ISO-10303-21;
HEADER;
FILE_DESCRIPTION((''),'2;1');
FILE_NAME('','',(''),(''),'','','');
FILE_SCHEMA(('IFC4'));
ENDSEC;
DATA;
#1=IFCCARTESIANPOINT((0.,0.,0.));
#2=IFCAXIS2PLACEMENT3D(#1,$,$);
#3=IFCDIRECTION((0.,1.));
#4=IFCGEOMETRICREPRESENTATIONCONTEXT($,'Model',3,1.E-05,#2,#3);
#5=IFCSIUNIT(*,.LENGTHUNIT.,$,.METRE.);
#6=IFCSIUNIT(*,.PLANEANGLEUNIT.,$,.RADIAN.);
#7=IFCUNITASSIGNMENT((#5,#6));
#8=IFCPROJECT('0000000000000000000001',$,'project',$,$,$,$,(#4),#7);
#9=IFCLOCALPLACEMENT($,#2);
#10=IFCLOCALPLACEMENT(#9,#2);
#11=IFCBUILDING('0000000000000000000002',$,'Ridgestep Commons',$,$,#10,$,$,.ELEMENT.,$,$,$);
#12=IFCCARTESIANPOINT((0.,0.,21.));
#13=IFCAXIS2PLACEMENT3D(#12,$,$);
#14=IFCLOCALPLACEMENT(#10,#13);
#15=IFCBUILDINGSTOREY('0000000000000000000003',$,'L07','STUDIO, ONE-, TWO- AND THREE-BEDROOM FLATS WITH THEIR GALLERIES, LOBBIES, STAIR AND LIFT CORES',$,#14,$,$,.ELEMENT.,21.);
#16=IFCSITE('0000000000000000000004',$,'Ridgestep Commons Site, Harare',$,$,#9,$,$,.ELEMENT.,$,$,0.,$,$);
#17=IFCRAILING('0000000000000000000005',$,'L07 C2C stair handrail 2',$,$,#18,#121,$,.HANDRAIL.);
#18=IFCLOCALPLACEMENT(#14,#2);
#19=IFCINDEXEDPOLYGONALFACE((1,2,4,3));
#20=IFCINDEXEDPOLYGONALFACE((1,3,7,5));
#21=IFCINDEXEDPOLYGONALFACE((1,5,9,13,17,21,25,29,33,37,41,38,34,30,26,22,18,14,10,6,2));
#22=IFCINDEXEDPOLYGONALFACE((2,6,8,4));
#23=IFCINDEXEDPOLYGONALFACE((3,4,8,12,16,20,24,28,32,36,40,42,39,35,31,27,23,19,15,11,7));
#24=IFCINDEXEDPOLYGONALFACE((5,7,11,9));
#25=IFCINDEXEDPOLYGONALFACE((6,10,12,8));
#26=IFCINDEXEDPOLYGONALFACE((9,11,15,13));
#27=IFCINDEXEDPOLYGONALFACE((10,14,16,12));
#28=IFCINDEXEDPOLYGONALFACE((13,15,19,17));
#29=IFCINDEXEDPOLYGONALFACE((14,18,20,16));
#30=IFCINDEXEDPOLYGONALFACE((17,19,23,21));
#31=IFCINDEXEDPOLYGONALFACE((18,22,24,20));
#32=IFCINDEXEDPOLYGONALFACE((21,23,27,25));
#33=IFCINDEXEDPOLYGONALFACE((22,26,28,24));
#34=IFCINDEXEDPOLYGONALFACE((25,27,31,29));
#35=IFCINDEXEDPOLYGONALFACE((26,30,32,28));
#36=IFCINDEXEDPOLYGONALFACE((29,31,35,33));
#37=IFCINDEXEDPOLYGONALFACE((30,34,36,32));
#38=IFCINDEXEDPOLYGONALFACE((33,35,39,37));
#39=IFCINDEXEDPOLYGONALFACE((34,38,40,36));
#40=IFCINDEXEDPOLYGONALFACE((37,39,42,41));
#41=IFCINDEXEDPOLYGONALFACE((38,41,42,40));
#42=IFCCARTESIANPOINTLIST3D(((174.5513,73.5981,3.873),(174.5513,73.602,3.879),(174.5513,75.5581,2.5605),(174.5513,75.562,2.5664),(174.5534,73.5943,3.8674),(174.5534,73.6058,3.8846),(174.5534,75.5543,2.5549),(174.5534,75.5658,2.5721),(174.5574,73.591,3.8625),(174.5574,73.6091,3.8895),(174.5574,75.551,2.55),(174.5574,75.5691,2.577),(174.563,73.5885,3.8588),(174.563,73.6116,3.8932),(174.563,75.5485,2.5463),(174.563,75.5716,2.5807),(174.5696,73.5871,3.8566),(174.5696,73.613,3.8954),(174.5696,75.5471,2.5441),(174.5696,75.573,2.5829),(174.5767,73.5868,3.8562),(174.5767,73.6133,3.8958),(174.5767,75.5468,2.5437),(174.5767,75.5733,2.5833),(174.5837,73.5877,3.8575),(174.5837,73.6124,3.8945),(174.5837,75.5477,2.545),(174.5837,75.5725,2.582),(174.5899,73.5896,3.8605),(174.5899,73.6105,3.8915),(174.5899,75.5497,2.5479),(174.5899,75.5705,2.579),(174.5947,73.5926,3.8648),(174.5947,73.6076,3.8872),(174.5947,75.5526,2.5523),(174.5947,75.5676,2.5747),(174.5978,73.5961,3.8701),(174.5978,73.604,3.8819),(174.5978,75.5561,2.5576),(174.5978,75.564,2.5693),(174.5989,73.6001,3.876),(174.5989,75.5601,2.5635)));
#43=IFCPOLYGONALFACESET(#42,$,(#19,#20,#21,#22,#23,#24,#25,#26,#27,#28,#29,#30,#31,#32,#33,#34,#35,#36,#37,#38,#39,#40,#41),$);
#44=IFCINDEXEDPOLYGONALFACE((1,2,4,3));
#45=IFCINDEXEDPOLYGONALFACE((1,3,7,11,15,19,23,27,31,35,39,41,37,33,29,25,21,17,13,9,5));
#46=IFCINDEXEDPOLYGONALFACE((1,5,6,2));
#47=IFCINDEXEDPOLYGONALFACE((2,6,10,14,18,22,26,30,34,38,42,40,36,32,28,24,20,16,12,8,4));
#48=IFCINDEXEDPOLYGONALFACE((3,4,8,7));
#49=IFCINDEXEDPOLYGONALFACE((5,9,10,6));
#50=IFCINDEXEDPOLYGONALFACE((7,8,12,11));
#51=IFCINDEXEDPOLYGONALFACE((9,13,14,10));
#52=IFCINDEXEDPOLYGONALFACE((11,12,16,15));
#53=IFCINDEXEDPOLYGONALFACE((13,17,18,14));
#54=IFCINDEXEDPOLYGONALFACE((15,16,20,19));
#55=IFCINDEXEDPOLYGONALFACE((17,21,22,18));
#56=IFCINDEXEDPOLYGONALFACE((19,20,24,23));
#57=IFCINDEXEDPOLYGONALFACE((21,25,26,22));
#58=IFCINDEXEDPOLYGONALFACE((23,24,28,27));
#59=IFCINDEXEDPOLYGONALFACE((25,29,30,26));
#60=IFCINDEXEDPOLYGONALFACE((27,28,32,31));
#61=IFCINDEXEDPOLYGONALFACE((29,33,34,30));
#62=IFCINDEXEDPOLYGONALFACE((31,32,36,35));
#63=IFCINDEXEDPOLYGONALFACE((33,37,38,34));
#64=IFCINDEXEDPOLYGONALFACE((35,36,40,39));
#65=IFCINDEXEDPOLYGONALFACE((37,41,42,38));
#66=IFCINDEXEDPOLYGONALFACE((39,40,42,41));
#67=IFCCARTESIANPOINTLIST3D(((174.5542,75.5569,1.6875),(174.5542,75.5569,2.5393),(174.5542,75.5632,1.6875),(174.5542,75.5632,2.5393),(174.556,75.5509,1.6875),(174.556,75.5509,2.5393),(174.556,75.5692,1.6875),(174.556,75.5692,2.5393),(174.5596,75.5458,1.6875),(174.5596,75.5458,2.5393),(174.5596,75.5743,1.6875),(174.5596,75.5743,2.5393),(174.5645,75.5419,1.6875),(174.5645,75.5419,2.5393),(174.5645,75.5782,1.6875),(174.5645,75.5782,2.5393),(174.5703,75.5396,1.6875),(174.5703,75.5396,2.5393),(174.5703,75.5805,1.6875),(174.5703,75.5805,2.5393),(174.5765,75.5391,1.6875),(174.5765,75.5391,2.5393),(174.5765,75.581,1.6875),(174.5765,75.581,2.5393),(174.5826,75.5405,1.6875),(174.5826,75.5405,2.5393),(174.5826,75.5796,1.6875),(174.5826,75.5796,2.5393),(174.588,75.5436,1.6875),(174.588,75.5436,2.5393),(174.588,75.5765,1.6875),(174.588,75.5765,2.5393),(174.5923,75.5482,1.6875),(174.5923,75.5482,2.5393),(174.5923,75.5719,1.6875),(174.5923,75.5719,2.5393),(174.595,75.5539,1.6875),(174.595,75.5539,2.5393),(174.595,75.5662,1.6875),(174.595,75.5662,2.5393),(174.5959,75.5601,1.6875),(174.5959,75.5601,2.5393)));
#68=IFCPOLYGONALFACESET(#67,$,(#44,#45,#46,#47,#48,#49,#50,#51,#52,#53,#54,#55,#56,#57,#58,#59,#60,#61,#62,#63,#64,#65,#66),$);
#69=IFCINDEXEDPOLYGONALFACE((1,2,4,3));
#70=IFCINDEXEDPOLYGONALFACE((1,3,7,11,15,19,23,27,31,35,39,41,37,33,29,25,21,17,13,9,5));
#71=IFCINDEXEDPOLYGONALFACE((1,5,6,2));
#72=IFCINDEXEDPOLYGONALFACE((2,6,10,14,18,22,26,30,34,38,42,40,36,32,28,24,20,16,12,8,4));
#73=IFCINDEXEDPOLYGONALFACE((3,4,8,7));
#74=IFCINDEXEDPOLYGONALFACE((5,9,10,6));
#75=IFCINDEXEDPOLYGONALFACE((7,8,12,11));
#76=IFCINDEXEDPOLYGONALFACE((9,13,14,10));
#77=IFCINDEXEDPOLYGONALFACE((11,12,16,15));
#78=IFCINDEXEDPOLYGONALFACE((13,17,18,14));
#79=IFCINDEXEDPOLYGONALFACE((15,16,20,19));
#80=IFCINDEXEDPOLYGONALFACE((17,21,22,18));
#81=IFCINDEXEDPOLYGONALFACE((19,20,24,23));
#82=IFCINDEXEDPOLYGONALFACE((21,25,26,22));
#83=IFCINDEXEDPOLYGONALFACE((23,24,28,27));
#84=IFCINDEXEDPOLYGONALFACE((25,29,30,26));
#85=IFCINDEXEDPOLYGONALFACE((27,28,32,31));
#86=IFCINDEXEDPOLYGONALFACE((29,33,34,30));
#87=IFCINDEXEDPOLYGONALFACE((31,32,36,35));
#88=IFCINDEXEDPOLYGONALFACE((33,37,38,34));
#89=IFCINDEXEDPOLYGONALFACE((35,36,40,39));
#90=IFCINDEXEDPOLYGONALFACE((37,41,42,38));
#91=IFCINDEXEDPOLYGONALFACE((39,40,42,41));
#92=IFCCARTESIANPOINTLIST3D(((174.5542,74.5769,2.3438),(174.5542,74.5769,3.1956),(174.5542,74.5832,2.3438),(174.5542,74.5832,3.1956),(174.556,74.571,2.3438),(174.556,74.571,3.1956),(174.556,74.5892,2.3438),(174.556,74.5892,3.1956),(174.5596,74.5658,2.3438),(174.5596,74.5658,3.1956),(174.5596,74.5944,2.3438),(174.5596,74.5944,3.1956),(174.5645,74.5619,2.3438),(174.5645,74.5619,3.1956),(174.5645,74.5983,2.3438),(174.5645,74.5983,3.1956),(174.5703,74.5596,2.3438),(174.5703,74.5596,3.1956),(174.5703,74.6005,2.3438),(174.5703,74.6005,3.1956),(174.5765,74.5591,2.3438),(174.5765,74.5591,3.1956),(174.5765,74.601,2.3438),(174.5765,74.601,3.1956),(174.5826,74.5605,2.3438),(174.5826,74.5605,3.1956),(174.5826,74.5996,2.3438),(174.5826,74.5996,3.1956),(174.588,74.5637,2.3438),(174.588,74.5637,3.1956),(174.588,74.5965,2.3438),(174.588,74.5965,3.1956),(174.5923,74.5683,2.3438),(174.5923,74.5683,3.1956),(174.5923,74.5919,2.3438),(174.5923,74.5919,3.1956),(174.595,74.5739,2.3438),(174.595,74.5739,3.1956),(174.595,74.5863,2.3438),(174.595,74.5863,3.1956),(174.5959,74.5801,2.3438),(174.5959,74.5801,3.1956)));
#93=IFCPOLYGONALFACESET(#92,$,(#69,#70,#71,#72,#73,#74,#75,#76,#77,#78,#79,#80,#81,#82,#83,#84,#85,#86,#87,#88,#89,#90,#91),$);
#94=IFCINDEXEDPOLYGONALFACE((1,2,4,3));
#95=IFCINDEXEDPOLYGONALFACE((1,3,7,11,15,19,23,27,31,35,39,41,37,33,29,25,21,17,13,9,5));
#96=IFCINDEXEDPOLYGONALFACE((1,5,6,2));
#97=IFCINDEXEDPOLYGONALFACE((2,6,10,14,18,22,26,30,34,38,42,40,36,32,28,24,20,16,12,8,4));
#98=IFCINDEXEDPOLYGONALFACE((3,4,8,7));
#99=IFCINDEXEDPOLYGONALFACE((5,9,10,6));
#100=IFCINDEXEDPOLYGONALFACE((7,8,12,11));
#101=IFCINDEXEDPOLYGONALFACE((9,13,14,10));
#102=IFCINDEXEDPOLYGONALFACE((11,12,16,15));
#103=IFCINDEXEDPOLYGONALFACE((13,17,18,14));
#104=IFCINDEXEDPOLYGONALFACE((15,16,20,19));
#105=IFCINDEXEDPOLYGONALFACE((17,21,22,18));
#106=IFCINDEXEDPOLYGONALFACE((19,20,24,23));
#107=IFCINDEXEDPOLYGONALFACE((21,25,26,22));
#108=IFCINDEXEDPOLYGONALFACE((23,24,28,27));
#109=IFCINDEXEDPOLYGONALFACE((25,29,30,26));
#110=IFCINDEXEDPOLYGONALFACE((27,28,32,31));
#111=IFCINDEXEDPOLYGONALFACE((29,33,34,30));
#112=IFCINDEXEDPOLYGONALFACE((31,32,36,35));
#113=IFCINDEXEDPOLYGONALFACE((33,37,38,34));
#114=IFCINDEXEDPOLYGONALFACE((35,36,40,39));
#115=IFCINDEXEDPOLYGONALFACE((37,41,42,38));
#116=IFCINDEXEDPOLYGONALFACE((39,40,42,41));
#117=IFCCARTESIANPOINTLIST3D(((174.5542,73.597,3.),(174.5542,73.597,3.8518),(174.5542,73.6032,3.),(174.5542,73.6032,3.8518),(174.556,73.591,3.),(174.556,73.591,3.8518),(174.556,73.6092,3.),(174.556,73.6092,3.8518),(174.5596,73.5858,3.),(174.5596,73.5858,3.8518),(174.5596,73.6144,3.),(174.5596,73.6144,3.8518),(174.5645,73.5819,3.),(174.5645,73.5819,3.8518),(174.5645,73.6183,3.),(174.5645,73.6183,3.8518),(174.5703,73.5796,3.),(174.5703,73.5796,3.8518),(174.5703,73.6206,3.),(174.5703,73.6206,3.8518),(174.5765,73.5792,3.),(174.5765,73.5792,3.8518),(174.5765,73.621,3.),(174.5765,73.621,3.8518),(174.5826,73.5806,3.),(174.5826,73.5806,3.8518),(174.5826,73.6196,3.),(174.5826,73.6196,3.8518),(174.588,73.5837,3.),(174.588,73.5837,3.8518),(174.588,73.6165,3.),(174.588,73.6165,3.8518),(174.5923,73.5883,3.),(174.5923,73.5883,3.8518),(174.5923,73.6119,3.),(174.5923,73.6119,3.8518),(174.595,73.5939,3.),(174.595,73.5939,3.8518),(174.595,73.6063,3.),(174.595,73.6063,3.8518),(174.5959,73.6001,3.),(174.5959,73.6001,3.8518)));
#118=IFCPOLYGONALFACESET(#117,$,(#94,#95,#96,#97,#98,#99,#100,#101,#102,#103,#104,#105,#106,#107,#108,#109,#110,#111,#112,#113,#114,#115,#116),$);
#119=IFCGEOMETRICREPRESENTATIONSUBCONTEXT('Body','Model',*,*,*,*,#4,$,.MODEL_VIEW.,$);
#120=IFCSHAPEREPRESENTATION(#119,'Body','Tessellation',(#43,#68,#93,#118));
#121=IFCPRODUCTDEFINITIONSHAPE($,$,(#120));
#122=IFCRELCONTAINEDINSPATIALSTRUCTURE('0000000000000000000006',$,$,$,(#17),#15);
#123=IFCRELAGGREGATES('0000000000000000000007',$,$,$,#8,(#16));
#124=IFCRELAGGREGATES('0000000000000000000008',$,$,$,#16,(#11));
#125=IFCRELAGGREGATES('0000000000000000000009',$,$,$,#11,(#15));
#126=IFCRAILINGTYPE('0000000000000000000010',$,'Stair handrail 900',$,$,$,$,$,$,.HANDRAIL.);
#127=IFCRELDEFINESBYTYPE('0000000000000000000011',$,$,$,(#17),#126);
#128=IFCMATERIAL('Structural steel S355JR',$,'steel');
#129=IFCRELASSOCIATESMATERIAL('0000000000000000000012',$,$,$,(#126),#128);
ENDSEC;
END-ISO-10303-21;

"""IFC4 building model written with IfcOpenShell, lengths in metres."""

from ifc_helpers import new_model, si_unit, direction, frame, origin, origin_2d, place, context, subcontext, project, spatial, circle, extrude, material, type_object, element, save


model = new_model("IFC4")

# Units and contexts
model_context = context("Model", 3, precision=1e-05, world=origin(), true_north=direction((0.0, 1.0)))
body_context = subcontext(model_context, "Body", "Model", "MODEL_VIEW")
ifc_project = project(units=[si_unit("LENGTHUNIT", "METRE"), si_unit("PLANEANGLEUNIT", "RADIAN")], contexts=[model_context])

# Site, building, storey
site_placement = place(None, origin())
site = spatial("IfcSite", under=ifc_project, at=site_placement, Name="Ridgestep Commons Site, Harare", CompositionType="ELEMENT", RefElevation=0.0)
building_placement = place(site_placement, origin())
building = spatial("IfcBuilding", under=site, at=building_placement, Name="Ridgestep Commons", CompositionType="ELEMENT")
storey_placement = place(building_placement, frame((0.0, 0.0, 21.0)))
storey = spatial("IfcBuildingStorey", under=building, at=storey_placement, Name="L07", Description="STUDIO, ONE-, TWO- AND THREE-BEDROOM FLATS WITH THEIR GALLERIES, LOBBIES, STAIR AND LIFT CORES", CompositionType="ELEMENT", Elevation=21.0)

# Railing
ifc_material_1 = material(Name="Structural steel S355JR", Category="steel")
railing_type_1 = type_object("IfcRailingType", Name="Stair handrail 900", PredefinedType="HANDRAIL", material=ifc_material_1)
railing_1_placement = place(storey_placement, frame((174.575, 75.5601, 1.6875)))
element("IfcRailing", 1, at=railing_1_placement, inside=storey, type_object=railing_type_1, Name="L07 C2C stair handrail 2", PredefinedType="HANDRAIL", context=body_context, shape_type="SweptSolid", body=[
    extrude(circle(Radius=0.0239, at=origin_2d()), frame((0.0, 0.0, 0.876), z_axis=(0.0, -0.830902, 0.556419), x_axis=(1.0, 0.0, 0.0)), (0.0, 0.0, 1.0), 2.3589),
    extrude(circle(Radius=0.021, at=origin_2d()), origin(), (0.0, 0.0, 1.0), 0.8518),
    extrude(circle(Radius=0.021, at=origin_2d()), frame((0.0, -0.98, 0.6562)), (0.0, 0.0, 1.0), 0.8518),
    extrude(circle(Radius=0.021, at=origin_2d()), frame((0.0, -1.96, 1.3125)), (0.0, 0.0, 1.0), 0.8518),
])

save(model, "model.ifc")
